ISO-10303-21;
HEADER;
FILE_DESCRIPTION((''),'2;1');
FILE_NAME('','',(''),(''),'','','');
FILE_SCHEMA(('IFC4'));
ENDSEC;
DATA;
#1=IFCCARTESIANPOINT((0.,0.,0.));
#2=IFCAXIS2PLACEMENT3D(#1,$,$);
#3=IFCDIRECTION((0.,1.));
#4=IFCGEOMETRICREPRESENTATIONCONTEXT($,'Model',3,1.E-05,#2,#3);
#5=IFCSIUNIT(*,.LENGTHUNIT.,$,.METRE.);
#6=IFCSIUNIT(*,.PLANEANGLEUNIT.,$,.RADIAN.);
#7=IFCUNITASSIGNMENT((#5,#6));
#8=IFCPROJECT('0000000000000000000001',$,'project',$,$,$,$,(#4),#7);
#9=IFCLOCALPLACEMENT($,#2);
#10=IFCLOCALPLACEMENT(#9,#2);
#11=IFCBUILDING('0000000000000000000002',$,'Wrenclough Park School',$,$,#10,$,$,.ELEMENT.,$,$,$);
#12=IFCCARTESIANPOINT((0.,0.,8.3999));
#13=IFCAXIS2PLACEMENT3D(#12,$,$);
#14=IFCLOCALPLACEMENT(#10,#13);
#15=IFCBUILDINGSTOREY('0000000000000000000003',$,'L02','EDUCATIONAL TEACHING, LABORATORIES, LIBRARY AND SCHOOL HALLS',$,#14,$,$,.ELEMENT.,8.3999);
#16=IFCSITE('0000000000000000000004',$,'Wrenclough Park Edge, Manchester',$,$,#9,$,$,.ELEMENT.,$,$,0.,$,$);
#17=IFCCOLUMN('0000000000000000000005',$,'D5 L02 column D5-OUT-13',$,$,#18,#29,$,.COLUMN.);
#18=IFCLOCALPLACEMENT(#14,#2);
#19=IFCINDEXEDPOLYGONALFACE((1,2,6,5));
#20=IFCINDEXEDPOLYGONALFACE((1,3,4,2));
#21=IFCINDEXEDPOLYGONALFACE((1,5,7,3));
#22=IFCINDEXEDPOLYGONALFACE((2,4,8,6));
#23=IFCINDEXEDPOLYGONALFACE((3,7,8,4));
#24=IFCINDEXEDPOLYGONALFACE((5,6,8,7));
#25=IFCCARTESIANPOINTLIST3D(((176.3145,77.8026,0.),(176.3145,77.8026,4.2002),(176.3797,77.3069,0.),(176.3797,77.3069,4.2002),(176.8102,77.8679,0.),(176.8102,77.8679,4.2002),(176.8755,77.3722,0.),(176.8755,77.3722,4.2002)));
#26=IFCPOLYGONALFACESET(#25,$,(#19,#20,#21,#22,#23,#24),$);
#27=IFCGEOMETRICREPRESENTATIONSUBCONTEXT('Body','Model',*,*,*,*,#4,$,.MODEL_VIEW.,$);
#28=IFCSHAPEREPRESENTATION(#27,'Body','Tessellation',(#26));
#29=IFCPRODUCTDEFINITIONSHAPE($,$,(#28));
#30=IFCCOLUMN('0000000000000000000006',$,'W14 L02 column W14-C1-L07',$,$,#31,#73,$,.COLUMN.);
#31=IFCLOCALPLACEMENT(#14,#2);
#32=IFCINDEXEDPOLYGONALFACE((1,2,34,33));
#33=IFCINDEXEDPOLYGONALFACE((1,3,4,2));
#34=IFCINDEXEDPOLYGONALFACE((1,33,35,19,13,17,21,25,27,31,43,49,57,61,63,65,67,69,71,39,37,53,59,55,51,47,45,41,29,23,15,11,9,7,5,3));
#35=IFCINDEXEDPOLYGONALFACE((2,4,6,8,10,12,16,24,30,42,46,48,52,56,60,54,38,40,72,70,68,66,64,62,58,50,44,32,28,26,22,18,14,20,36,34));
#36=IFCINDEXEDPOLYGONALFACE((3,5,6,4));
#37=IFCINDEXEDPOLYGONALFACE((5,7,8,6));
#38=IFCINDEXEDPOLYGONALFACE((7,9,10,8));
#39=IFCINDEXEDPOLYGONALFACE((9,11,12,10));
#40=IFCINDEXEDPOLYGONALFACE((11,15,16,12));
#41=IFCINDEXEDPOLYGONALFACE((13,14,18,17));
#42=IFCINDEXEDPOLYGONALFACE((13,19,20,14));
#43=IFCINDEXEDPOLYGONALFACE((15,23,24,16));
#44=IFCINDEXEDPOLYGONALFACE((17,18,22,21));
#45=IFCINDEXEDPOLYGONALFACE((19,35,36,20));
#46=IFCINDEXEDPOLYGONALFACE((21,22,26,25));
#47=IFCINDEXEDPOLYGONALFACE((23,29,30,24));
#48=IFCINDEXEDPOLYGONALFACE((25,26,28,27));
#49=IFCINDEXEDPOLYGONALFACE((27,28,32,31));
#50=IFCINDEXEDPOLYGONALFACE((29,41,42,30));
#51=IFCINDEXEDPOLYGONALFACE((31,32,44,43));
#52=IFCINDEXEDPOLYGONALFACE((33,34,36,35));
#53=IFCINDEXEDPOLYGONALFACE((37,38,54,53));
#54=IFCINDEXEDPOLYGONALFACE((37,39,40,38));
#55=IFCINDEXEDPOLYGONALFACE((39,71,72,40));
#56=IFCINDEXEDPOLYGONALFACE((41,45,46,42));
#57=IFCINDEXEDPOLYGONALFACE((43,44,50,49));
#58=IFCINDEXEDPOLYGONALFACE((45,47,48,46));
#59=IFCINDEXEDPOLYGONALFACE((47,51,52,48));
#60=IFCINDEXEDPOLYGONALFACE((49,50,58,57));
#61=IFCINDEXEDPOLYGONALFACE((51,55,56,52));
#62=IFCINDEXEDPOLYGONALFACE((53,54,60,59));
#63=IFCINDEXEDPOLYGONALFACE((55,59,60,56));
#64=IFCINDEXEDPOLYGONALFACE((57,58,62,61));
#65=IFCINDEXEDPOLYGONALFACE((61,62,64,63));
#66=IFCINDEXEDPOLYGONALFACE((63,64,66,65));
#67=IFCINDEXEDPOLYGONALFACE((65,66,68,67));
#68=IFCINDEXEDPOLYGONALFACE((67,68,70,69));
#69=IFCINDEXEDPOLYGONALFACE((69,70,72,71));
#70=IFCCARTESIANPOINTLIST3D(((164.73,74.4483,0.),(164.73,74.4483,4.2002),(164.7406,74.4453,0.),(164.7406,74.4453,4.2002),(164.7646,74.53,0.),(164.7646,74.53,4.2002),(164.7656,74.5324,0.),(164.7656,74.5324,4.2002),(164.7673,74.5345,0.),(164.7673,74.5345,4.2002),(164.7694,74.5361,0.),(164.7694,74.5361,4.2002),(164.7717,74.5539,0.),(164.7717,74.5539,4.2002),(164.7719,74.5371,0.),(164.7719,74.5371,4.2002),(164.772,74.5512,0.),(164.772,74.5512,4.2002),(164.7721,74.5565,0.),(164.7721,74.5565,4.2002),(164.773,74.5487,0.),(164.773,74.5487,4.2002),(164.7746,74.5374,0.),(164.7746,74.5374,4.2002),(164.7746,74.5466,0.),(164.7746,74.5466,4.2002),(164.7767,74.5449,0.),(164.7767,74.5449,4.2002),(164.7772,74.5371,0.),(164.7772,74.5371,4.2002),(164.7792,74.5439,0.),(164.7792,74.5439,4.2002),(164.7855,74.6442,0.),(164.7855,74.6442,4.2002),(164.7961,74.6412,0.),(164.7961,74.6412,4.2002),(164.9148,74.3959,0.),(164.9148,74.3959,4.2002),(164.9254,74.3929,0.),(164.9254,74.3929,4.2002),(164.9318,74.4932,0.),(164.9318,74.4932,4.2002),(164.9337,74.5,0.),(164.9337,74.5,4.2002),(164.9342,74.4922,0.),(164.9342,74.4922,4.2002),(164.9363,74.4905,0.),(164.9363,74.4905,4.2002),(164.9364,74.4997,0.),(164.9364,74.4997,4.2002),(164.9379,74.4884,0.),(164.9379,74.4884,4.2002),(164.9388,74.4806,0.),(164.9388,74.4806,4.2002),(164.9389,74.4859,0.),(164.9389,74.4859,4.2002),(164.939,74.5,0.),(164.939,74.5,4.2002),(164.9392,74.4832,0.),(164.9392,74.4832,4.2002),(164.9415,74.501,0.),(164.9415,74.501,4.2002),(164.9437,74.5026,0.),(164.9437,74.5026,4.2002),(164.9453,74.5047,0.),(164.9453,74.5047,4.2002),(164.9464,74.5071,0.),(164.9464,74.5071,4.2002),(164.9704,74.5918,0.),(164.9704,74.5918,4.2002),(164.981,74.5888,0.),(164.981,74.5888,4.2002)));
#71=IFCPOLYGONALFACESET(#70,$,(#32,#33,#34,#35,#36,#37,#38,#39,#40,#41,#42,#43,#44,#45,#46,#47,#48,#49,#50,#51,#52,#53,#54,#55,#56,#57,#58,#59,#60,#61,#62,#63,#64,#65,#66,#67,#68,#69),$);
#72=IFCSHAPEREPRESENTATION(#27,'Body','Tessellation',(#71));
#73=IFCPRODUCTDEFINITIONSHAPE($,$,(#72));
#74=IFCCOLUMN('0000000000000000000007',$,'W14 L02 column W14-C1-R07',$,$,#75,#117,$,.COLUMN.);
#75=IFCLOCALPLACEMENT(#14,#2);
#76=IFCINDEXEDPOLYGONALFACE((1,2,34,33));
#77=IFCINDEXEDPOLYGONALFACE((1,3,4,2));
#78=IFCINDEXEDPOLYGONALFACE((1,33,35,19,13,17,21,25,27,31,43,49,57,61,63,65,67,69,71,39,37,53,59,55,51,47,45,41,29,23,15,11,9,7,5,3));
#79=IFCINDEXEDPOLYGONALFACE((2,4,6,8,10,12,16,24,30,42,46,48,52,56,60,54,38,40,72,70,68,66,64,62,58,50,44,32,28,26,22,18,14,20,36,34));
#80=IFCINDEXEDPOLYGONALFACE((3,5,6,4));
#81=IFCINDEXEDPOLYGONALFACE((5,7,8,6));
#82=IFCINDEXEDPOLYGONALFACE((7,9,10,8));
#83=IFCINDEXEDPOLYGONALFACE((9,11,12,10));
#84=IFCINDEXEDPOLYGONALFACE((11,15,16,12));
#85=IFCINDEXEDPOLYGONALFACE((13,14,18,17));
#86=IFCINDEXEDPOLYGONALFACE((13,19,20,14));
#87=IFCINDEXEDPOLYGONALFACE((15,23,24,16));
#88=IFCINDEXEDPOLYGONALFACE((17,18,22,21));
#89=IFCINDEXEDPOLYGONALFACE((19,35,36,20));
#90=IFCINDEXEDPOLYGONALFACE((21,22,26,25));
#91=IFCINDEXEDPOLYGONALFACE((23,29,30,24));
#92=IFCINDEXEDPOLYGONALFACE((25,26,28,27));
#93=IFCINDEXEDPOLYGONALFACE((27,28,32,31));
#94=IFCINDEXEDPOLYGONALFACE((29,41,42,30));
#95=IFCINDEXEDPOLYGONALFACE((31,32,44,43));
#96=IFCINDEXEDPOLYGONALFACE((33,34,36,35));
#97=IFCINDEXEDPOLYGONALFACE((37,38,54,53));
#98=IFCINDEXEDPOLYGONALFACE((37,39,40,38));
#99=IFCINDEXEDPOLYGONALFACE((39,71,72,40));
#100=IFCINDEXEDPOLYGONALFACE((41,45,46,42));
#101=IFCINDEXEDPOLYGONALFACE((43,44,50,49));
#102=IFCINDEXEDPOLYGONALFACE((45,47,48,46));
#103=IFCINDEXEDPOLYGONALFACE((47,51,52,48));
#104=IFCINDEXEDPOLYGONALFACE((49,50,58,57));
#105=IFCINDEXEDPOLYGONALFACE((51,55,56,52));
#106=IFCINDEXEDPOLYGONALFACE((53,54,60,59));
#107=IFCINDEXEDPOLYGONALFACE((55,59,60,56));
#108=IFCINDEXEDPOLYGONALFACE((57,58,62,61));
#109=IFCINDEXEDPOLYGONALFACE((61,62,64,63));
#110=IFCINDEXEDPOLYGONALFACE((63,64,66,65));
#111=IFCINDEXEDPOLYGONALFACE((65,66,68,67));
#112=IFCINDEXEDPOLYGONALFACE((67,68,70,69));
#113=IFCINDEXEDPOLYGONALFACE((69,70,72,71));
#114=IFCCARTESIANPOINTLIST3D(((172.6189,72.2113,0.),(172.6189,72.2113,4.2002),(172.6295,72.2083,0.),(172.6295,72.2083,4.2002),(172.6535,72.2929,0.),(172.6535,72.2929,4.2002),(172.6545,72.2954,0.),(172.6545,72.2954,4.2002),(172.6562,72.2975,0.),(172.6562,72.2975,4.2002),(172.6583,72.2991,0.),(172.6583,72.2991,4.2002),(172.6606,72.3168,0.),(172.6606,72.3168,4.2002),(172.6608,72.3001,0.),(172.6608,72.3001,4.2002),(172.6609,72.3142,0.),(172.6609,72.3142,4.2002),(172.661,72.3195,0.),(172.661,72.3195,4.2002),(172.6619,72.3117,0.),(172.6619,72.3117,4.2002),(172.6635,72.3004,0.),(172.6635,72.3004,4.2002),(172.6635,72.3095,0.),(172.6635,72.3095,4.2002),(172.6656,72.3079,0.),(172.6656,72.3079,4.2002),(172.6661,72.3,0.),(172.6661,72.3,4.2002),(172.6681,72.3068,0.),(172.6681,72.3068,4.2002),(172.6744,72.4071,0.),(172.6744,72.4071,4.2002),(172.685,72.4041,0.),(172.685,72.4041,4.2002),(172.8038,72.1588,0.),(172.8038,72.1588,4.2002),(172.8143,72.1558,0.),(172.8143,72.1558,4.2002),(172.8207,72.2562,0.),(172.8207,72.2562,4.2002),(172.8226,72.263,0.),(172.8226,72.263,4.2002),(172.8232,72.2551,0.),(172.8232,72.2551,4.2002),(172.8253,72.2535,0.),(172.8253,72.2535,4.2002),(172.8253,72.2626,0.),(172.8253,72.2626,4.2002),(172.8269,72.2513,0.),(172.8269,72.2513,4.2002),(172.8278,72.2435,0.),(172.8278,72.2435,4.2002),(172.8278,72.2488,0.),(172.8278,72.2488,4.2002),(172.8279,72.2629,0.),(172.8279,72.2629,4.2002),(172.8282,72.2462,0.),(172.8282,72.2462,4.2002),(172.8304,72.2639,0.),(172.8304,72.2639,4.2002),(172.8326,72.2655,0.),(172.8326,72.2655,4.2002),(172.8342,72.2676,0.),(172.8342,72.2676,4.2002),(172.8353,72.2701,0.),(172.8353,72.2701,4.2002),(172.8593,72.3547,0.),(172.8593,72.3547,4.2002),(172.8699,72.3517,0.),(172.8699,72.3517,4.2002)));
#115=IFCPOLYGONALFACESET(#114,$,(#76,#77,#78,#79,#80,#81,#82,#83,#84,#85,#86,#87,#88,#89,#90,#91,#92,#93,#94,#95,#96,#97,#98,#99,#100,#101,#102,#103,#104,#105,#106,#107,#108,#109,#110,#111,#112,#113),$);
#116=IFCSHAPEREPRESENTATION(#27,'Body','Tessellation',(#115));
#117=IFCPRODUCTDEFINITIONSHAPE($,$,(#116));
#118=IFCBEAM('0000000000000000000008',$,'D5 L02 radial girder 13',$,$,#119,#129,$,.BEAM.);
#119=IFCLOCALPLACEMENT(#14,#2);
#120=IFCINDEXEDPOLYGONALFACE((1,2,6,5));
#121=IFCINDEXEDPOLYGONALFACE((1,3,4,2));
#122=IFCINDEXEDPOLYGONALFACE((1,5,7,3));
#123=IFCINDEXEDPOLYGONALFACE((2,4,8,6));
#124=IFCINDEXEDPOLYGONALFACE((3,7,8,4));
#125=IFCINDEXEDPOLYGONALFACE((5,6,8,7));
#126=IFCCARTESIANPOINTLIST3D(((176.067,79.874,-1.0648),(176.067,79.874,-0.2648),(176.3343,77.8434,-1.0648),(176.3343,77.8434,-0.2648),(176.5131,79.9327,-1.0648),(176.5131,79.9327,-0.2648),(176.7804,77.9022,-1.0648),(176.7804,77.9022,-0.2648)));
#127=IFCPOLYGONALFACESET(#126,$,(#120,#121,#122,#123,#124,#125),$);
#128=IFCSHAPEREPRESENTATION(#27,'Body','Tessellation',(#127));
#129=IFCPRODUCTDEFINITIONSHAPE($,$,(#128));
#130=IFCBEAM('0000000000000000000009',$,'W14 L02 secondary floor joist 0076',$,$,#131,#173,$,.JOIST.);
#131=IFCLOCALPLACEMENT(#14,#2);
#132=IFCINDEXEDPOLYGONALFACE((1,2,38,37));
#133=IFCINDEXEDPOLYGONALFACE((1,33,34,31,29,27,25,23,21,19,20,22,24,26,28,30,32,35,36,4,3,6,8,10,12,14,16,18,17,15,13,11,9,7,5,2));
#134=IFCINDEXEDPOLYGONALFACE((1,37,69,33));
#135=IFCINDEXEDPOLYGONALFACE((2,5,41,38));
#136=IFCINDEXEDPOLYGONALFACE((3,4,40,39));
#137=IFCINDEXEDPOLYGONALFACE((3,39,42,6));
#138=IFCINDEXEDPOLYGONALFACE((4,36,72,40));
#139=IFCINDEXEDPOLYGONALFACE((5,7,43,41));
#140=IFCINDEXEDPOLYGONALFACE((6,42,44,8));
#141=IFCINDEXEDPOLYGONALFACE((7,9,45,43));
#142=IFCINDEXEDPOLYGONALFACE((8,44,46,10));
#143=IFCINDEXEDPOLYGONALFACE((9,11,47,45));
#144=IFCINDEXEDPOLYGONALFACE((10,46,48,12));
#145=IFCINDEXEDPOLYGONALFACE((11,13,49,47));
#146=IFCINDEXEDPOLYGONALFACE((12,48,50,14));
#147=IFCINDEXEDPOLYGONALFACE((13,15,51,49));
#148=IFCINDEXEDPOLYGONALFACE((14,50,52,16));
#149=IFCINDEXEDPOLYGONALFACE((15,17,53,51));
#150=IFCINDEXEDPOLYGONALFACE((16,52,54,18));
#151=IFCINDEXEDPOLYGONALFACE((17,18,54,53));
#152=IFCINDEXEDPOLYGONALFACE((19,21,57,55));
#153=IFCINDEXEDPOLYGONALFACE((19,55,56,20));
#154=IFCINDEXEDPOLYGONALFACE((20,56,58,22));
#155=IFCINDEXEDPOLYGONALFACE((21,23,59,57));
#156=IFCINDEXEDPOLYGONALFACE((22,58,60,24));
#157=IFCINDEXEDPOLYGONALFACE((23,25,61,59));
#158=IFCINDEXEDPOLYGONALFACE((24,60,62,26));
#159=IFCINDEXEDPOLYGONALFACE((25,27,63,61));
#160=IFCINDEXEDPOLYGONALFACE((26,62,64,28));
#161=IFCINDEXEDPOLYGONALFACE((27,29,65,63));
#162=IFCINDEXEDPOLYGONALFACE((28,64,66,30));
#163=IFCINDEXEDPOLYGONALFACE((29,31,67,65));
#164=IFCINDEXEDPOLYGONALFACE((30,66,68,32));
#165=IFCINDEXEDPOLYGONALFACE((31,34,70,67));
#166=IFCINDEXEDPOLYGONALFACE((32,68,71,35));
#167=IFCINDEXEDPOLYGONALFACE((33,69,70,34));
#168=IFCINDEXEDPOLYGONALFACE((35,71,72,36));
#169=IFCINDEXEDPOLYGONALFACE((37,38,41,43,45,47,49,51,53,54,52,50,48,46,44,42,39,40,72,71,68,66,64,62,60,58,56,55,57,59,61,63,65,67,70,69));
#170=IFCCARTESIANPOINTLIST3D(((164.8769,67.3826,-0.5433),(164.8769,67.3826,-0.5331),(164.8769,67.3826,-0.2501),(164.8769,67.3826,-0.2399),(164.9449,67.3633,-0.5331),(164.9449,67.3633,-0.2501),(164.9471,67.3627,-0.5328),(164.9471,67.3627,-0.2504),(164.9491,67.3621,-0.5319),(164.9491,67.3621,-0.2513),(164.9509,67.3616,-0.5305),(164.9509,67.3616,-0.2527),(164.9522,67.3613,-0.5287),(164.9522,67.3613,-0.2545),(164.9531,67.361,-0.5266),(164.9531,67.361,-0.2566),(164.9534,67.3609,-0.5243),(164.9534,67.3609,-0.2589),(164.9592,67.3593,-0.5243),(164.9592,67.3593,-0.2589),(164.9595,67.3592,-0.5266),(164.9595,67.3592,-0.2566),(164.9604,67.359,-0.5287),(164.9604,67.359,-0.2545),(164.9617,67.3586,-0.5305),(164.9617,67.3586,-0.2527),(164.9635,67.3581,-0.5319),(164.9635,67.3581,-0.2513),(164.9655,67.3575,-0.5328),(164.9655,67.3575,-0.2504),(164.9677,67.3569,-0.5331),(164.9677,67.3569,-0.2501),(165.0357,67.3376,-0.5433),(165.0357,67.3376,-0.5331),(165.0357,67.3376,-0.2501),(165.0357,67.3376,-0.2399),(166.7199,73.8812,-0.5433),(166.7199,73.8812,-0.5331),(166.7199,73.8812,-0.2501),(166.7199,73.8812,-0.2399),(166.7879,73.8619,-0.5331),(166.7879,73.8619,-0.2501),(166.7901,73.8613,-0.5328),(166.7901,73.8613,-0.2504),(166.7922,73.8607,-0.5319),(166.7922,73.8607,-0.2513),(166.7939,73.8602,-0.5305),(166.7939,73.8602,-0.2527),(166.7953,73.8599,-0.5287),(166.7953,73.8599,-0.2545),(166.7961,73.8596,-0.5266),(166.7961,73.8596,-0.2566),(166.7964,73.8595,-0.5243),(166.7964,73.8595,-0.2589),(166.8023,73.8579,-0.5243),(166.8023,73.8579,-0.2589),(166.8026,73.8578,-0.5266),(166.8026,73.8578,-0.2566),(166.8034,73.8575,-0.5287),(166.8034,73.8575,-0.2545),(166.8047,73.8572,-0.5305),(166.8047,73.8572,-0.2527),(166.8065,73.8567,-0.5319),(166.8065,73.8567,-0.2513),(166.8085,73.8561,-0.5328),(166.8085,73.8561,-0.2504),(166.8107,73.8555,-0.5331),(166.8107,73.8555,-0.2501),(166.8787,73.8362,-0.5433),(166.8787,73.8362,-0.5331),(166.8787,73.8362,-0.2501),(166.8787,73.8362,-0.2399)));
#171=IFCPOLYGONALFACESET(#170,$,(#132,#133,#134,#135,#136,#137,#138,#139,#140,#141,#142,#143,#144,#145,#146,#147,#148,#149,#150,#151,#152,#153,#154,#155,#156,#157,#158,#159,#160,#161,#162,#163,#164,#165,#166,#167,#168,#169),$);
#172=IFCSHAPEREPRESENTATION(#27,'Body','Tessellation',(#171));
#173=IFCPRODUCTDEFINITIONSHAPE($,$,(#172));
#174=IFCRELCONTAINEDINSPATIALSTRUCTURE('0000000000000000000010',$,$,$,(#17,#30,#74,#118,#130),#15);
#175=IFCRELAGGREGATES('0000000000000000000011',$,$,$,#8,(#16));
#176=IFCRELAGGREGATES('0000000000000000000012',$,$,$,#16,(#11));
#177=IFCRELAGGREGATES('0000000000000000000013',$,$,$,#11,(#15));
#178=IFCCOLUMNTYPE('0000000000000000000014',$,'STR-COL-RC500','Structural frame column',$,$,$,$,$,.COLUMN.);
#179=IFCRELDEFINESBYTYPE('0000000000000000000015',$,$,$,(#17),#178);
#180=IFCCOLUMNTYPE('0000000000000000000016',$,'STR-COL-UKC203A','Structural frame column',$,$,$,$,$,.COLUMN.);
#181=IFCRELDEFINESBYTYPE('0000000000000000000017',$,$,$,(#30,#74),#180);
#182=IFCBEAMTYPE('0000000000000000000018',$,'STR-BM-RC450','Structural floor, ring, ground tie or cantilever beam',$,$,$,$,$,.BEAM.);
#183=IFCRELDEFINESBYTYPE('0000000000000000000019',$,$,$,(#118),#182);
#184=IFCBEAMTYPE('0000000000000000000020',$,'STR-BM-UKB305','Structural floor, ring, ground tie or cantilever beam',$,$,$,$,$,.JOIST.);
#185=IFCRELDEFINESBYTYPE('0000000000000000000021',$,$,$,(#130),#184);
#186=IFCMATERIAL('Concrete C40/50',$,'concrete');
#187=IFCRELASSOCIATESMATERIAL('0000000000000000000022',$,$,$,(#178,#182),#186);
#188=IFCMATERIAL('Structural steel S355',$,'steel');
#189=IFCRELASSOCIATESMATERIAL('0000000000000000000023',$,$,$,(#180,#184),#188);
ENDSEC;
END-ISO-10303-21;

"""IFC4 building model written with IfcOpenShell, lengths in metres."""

from ifc_helpers import new_model, si_unit, direction, frame, origin, origin_2d, place, context, subcontext, project, spatial, rectangle, i_section, extrude, material, material_profile, profile_set, type_object, element, save


model = new_model("IFC4")

# Units and contexts
model_context = context("Model", 3, precision=1e-05, world=origin(), true_north=direction((0.0, 1.0)))
body_context = subcontext(model_context, "Body", "Model", "MODEL_VIEW")
ifc_project = project(units=[si_unit("LENGTHUNIT", "METRE"), si_unit("PLANEANGLEUNIT", "RADIAN")], contexts=[model_context])

# Site, building, storey
site_placement = place(None, origin())
site = spatial("IfcSite", under=ifc_project, at=site_placement, Name="Wrenclough Park Edge, Manchester", CompositionType="ELEMENT", RefElevation=0.0)
building_placement = place(site_placement, origin())
building = spatial("IfcBuilding", under=site, at=building_placement, Name="Wrenclough Park School", CompositionType="ELEMENT")
storey_placement = place(building_placement, frame((0.0, 0.0, 8.3999)))
storey = spatial("IfcBuildingStorey", under=building, at=storey_placement, Name="L02", Description="EDUCATIONAL TEACHING, LABORATORIES, LIBRARY AND SCHOOL HALLS", CompositionType="ELEMENT", Elevation=8.3999)

# Columns
ifc_material_1 = material(Name="Concrete C40/50", Category="concrete")
ifc_material_profile_1 = material_profile(ifc_material_1, rectangle(XDim=0.5, YDim=0.5, at=origin_2d()), Name="RC COL 500x500")
ifc_profile_set_1 = profile_set([ifc_material_profile_1], Name="Concrete C40/50")
column_type_1 = type_object("IfcColumnType", Name="STR-COL-RC500", Description="Structural frame column", PredefinedType="COLUMN", material=ifc_profile_set_1)
column_placement = place(storey_placement, frame((176.595, 77.5874, 0.0), z_axis=(0.0, 0.0, 1.0), x_axis=(0.991445, 0.130526, 0.0)))
element("IfcColumn", 1, at=column_placement, inside=storey, type_object=column_type_1, Name="D5 L02 column D5-OUT-13", PredefinedType="COLUMN", context=body_context, shape_type="SweptSolid", body=[
    extrude(rectangle(XDim=0.5, YDim=0.5, at=origin_2d()), origin(), (0.0, 0.0, 1.0), 4.2002),
])
ifc_material_2 = material(Name="Structural steel S355", Category="steel")
ifc_material_profile_2 = material_profile(ifc_material_2, i_section(OverallWidth=0.2036, OverallDepth=0.2031, WebThickness=0.0071, FlangeThickness=0.011, FilletRadius=0.0103, at=origin_2d()), Name="UKC 203x203x46")
ifc_profile_set_2 = profile_set([ifc_material_profile_2], Name="Structural steel S355")
column_type_2 = type_object("IfcColumnType", Name="STR-COL-UKC203A", Description="Structural frame column", PredefinedType="COLUMN", material=ifc_profile_set_2)
for number, where, z_axis, x_axis, name in (
    (2, (164.8555, 74.5186, 0.0), (0.0, 0.0, 1.0), (0.272784, 0.962075, 0.0), "W14 L02 column W14-C1-L07"),
    (3, (172.7444, 72.2815, 0.0), (0.0, 0.0, 1.0), (0.272784, 0.962075, 0.0), "W14 L02 column W14-C1-R07"),
):
    element("IfcColumn", number, at=place(storey_placement, frame(where, z_axis=z_axis, x_axis=x_axis)), inside=storey, type_object=column_type_2, Name=name, PredefinedType="COLUMN", context=body_context, shape_type="SweptSolid", body=[
        extrude(i_section(OverallWidth=0.2036, OverallDepth=0.2031, WebThickness=0.0071, FlangeThickness=0.011, FilletRadius=0.0103, at=origin_2d()), origin(), (0.0, 0.0, 1.0), 4.2002),
    ])

# Beams
ifc_material_profile_3 = material_profile(ifc_material_1, rectangle(XDim=0.45, YDim=0.8, at=origin_2d()), Name="RC BEAM 450x800")
ifc_profile_set_3 = profile_set([ifc_material_profile_3], Name="Concrete C40/50")
beam_type_1 = type_object("IfcBeamType", Name="STR-BM-RC450", Description="Structural floor, ring, ground tie or cantilever beam", PredefinedType="BEAM", material=ifc_profile_set_3)
beam_1_placement = place(storey_placement, frame((176.5574, 77.8728, -0.6648), z_axis=(-0.130532, 0.991444, 0.0), x_axis=(-0.991444, -0.130532, 0.0)))
element("IfcBeam", 4, at=beam_1_placement, inside=storey, type_object=beam_type_1, Name="D5 L02 radial girder 13", PredefinedType="BEAM", context=body_context, shape_type="SweptSolid", body=[
    extrude(rectangle(XDim=0.45, YDim=0.8, at=origin_2d()), origin(), (0.0, 0.0, 1.0), 2.0481),
])
ifc_material_profile_4 = material_profile(ifc_material_2, i_section(OverallWidth=0.165, OverallDepth=0.3035, WebThickness=0.0061, FlangeThickness=0.0103, FilletRadius=0.0088, at=origin_2d()), Name="UKB 305x165x40")
ifc_profile_set_4 = profile_set([ifc_material_profile_4], Name="Structural steel S355")
beam_type_2 = type_object("IfcBeamType", Name="STR-BM-UKB305", Description="Structural floor, ring, ground tie or cantilever beam", PredefinedType="JOIST", material=ifc_profile_set_4)
beam_2_placement = place(storey_placement, frame((164.9563, 67.3601, -0.3916), z_axis=(0.272845, 0.962058, 0.0), x_axis=(-0.962058, 0.272845, 0.0)))
element("IfcBeam", 5, at=beam_2_placement, inside=storey, type_object=beam_type_2, Name="W14 L02 secondary floor joist 0076", PredefinedType="JOIST", context=body_context, shape_type="SweptSolid", body=[
    extrude(i_section(OverallWidth=0.165, OverallDepth=0.3035, WebThickness=0.0061, FlangeThickness=0.0103, FilletRadius=0.0088, at=origin_2d()), origin(), (0.0, 0.0, 1.0), 6.7549),
])

save(model, "model.ifc")
